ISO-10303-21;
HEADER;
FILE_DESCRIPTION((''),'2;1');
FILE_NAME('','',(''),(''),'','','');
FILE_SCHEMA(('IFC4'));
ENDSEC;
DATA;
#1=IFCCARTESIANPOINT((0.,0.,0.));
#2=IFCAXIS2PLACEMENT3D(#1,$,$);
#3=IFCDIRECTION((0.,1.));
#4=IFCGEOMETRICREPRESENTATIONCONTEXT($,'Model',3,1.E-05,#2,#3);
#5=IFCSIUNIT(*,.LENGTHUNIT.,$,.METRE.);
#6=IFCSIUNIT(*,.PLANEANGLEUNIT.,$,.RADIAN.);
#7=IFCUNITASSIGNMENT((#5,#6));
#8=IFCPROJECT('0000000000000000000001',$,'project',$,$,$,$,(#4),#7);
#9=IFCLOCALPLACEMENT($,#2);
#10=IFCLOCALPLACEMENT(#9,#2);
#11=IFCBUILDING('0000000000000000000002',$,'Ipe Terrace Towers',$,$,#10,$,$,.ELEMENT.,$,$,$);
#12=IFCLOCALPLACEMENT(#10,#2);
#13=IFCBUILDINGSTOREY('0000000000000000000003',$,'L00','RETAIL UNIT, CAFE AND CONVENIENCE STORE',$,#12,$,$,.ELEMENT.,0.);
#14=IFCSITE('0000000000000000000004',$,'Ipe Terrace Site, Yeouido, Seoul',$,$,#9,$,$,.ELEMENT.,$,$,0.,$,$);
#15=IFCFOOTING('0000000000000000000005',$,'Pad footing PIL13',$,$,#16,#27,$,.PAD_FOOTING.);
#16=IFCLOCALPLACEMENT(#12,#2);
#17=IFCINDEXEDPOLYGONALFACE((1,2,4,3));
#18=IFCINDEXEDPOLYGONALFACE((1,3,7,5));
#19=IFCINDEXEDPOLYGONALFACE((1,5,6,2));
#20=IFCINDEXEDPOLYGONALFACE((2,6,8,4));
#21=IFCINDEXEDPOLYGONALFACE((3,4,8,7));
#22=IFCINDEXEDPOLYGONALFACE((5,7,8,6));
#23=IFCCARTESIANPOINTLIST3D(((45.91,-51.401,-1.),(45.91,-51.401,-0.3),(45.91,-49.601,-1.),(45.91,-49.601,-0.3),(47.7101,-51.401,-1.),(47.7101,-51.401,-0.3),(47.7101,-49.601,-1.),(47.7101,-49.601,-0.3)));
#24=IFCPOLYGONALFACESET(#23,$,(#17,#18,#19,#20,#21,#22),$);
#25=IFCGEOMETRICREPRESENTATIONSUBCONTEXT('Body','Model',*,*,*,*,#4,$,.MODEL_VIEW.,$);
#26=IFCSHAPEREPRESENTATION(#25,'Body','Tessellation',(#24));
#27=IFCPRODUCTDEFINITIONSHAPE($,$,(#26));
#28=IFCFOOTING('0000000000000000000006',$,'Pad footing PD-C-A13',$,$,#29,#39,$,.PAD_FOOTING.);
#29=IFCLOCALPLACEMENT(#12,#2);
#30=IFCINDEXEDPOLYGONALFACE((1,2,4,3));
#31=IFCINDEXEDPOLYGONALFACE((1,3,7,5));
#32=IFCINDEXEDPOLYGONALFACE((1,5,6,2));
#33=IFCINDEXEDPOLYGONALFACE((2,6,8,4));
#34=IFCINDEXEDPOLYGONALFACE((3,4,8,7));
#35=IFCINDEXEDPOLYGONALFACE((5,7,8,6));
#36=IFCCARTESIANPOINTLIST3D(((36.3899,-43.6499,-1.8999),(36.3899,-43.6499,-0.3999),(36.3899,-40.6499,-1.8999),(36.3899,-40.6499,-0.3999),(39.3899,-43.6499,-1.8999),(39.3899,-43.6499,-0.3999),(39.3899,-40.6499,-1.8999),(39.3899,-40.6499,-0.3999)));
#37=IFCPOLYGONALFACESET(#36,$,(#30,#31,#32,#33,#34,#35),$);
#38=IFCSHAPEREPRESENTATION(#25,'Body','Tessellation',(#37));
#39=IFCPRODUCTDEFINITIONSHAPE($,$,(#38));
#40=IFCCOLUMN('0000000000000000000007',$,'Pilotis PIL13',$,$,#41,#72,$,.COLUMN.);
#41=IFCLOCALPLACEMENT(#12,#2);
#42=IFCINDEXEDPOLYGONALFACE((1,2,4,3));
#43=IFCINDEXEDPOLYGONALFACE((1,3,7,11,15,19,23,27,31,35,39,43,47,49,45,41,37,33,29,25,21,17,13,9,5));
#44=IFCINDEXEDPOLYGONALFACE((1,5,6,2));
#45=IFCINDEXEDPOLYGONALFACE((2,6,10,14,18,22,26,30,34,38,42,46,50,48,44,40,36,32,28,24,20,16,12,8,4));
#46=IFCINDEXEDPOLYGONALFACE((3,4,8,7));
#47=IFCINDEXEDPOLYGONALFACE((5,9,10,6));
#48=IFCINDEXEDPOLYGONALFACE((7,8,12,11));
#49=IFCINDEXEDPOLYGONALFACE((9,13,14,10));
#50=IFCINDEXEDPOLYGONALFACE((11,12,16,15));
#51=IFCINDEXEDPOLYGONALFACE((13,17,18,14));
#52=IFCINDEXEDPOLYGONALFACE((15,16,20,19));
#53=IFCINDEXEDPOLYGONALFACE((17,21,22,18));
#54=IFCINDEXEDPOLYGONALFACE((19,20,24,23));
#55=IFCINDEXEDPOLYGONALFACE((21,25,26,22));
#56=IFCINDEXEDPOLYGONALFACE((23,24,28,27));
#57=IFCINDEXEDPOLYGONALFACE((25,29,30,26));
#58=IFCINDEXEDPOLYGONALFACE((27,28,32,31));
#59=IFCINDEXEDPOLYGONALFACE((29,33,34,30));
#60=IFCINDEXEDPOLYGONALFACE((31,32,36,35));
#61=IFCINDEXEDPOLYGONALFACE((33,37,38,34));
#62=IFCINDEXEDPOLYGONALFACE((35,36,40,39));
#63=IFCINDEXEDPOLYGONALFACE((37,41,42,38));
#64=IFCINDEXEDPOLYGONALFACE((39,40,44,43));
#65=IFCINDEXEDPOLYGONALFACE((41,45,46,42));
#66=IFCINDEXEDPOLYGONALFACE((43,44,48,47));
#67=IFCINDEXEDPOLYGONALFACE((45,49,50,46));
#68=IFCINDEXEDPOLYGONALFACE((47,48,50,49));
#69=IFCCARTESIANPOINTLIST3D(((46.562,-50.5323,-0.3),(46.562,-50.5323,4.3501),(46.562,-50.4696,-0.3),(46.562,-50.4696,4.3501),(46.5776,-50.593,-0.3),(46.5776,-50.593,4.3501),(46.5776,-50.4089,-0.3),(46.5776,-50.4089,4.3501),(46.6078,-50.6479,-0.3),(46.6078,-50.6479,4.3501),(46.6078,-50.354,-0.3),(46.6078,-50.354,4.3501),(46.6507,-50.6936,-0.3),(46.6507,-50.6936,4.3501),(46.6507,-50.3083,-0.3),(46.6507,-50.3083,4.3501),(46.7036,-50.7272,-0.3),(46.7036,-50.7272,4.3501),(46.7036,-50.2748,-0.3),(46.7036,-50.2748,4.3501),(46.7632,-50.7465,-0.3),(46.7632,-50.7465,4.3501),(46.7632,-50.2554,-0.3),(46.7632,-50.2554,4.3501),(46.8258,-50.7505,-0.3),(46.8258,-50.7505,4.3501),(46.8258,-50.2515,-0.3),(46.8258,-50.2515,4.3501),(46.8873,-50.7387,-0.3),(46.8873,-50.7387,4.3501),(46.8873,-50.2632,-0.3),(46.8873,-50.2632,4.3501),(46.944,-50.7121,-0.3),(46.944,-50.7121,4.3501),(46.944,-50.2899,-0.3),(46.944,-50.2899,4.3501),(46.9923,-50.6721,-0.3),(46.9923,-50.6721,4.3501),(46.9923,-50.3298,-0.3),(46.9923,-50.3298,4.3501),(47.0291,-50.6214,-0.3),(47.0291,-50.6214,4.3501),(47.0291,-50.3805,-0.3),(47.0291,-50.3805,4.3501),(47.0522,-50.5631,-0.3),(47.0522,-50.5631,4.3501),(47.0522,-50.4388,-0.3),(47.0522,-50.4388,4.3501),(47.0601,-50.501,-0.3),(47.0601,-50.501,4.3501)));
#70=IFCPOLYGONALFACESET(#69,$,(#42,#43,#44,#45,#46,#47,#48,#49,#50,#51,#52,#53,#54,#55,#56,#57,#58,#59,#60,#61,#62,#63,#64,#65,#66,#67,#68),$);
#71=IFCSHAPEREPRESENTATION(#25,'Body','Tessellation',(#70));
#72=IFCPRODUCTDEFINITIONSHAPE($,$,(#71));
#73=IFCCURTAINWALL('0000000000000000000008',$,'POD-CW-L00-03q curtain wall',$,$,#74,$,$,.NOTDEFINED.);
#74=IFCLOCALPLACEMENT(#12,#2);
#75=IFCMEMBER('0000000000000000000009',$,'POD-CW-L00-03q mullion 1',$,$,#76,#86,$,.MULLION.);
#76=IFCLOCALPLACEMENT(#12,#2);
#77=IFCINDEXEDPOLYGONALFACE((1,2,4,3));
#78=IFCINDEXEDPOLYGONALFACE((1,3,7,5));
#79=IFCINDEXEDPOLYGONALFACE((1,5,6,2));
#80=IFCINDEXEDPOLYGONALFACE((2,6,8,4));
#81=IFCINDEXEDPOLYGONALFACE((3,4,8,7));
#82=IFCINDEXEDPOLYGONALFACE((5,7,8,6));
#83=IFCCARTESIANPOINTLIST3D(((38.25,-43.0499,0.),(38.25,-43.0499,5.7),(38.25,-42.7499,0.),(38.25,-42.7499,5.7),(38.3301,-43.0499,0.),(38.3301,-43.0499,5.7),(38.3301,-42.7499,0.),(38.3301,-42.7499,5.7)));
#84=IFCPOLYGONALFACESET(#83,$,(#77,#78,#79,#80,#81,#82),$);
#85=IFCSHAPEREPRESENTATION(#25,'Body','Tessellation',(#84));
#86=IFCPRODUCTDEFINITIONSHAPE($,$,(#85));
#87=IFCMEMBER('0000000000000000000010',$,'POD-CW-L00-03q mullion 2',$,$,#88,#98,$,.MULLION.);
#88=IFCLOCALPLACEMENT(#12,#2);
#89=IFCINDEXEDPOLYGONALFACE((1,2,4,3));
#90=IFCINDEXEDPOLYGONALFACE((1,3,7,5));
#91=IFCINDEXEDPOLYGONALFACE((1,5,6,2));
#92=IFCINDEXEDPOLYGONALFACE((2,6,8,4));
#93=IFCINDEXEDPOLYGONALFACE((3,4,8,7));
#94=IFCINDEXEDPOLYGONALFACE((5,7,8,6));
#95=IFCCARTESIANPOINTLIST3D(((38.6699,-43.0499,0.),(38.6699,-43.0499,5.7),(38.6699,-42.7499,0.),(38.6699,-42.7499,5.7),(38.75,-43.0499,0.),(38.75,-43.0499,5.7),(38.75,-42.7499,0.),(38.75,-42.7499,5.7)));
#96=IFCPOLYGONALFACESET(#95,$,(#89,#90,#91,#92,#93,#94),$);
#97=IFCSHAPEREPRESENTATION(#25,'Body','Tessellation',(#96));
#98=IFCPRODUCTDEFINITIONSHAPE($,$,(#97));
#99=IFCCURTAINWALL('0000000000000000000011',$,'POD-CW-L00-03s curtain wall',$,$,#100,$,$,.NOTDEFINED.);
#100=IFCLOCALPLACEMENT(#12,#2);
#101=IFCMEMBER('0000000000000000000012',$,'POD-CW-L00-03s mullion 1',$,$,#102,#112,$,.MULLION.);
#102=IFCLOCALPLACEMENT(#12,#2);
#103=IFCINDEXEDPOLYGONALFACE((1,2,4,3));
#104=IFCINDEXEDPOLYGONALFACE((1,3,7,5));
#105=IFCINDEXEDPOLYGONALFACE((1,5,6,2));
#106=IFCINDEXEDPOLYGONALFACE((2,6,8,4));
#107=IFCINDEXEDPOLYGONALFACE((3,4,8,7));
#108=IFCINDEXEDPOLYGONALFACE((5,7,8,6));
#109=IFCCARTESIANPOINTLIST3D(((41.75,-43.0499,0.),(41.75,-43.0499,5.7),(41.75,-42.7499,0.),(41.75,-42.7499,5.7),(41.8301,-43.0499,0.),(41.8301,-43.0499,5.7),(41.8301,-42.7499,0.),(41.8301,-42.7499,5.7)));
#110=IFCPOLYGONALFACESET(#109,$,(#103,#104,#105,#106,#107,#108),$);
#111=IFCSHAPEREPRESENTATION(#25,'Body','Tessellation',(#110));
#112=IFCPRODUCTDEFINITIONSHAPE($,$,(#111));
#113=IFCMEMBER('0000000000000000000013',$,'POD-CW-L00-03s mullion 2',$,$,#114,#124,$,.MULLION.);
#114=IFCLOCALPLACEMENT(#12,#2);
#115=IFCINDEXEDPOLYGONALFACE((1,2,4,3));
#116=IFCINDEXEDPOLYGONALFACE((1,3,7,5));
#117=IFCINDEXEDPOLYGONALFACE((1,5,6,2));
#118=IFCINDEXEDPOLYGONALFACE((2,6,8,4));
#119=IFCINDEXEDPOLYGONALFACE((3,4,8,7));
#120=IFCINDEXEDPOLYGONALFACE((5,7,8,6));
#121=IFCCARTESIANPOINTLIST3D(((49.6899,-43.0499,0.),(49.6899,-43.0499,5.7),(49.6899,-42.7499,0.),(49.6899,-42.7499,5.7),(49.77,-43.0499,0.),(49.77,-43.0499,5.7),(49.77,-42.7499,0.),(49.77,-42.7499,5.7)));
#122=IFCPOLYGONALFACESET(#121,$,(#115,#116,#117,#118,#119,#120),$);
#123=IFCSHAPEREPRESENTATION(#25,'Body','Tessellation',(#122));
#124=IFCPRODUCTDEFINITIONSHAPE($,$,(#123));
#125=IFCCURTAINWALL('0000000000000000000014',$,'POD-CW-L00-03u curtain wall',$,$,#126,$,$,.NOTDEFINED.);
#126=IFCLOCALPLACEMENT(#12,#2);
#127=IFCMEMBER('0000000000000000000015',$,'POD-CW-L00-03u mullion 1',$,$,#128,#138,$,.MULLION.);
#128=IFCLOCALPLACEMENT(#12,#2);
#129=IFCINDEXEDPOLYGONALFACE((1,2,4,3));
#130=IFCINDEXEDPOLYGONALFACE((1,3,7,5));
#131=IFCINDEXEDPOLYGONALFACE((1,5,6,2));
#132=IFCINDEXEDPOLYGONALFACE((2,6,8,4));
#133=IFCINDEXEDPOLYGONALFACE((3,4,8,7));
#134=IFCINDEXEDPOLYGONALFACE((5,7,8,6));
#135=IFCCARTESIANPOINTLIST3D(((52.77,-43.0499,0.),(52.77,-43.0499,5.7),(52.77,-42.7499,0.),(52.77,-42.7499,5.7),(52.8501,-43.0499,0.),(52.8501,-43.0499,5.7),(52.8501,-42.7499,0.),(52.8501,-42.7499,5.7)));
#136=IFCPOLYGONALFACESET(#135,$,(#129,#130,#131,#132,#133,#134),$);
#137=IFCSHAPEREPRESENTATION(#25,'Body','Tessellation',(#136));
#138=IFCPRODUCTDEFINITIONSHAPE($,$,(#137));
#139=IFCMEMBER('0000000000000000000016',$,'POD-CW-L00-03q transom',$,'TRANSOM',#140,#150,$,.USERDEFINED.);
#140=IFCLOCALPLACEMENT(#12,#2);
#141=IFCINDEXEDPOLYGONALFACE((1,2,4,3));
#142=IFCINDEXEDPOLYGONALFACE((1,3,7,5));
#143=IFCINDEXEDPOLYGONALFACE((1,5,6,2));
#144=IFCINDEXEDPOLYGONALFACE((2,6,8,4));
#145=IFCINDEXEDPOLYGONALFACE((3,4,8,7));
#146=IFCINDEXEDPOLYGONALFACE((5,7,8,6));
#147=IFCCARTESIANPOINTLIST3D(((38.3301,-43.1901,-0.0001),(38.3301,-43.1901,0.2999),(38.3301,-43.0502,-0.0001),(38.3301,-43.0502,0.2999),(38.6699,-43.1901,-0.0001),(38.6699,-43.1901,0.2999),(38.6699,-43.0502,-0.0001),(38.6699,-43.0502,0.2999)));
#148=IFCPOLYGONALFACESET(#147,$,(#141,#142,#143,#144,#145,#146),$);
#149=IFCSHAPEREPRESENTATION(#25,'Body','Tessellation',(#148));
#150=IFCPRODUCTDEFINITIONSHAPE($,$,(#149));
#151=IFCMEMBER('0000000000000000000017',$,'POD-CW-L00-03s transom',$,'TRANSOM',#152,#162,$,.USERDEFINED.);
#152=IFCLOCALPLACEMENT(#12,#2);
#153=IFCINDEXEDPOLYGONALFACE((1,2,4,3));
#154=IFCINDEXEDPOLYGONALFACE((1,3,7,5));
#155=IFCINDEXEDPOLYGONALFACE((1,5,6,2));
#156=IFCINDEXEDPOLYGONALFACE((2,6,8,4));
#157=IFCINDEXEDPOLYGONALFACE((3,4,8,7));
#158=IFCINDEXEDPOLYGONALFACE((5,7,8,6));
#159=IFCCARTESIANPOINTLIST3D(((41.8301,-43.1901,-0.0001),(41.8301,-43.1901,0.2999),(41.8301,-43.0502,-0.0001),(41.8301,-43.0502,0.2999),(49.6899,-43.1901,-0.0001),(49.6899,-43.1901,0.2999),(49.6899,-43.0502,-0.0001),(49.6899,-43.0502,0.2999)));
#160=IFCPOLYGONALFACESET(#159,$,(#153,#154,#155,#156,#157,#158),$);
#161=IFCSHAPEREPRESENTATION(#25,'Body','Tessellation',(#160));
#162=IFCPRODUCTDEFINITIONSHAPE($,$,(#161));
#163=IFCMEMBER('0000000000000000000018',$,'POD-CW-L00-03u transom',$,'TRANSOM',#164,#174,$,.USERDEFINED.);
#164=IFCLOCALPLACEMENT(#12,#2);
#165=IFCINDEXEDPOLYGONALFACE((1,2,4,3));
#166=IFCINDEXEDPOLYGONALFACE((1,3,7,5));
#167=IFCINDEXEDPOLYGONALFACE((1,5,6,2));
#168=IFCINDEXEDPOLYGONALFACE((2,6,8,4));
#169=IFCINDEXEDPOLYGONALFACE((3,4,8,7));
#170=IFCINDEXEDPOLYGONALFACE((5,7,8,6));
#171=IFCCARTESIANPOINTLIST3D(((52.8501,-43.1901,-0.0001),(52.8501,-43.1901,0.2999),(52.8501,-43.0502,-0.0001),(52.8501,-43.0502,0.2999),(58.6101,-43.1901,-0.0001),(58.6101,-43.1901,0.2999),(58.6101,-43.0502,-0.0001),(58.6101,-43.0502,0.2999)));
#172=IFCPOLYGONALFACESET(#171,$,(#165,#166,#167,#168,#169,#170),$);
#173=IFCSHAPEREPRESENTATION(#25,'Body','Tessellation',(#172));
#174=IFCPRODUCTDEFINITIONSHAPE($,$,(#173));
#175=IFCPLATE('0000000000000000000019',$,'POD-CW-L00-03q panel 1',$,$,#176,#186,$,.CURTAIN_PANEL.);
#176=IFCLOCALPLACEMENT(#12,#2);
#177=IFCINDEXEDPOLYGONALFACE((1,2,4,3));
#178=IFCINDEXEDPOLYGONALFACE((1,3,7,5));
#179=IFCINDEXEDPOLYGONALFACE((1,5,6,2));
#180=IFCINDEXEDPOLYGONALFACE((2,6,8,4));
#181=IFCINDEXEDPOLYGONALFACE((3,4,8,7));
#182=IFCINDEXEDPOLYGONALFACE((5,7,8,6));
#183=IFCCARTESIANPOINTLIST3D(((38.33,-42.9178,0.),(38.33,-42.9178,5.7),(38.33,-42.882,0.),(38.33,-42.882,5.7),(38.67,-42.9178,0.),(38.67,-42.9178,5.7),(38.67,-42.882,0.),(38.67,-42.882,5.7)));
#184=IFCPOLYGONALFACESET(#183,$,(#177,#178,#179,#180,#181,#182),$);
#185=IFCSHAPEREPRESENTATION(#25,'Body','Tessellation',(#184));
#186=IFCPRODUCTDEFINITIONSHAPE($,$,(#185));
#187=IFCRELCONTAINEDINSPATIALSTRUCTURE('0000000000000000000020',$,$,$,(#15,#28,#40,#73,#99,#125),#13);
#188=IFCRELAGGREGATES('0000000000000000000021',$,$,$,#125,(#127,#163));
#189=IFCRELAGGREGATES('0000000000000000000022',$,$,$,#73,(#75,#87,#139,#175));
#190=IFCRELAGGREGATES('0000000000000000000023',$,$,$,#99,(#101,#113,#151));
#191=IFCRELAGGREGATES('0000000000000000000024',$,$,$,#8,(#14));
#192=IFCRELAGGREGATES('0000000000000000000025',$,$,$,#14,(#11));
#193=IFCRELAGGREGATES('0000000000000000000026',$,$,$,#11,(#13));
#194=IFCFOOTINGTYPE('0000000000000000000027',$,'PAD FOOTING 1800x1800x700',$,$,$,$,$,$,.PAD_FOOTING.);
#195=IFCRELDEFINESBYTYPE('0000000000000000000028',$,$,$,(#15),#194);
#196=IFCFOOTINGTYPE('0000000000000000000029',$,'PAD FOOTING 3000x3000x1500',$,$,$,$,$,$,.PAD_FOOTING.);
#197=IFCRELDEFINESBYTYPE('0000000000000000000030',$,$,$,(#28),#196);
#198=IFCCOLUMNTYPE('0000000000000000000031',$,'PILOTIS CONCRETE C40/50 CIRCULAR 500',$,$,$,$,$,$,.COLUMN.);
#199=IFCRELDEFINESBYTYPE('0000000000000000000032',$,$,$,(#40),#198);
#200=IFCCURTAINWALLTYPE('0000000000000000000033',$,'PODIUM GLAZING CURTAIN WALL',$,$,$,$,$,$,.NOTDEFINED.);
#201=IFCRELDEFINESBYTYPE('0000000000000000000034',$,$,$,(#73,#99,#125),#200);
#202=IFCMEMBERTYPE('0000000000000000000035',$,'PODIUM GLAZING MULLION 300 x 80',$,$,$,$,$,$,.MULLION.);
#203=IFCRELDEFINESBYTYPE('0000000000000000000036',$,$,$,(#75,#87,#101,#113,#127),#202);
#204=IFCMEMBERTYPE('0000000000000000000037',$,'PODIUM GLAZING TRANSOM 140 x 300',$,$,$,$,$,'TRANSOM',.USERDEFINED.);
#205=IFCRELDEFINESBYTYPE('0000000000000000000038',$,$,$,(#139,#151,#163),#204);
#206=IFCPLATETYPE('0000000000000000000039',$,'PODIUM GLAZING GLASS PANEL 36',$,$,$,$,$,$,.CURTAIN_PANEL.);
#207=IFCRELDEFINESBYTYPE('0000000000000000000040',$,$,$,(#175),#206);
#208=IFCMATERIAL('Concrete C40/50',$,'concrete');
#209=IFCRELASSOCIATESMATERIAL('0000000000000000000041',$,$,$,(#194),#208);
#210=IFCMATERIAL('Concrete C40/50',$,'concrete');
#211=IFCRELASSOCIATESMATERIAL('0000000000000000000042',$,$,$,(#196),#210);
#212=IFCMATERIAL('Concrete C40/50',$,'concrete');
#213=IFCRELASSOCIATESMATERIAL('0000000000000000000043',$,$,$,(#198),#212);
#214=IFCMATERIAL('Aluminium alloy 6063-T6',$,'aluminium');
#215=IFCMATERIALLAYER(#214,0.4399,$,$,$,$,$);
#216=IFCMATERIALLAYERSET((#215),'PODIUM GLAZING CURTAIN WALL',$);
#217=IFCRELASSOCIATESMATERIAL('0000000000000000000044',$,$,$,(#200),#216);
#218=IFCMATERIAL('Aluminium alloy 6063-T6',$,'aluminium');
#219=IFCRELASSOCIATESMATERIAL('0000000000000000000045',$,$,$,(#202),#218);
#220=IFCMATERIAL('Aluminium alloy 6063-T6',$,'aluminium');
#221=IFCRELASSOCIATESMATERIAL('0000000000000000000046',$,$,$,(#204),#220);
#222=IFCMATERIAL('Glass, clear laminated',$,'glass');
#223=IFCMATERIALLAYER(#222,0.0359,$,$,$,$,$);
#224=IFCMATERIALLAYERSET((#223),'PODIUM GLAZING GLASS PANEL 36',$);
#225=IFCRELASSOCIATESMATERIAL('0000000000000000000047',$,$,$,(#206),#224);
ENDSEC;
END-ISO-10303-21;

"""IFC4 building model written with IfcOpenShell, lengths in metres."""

from ifc_helpers import new_model, si_unit, direction, frame, origin, origin_2d, place, context, subcontext, project, spatial, rectangle, circle, extrude, material, layer, layer_set, material_profile, profile_set, type_object, element, aggregate, save


model = new_model("IFC4")

# Units and contexts
model_context = context("Model", 3, precision=1e-05, world=origin(), true_north=direction((0.0, 1.0)))
body_context = subcontext(model_context, "Body", "Model", "MODEL_VIEW")
ifc_project = project(units=[si_unit("LENGTHUNIT", "METRE"), si_unit("PLANEANGLEUNIT", "RADIAN")], contexts=[model_context])

# Site, building, storey
site_placement = place(None, origin())
site = spatial("IfcSite", under=ifc_project, at=site_placement, Name="Ipe Terrace Site, Yeouido, Seoul", CompositionType="ELEMENT", RefElevation=0.0)
building_placement = place(site_placement, origin())
building = spatial("IfcBuilding", under=site, at=building_placement, Name="Ipe Terrace Towers", CompositionType="ELEMENT")
storey_placement = place(building_placement, origin())
storey = spatial("IfcBuildingStorey", under=building, at=storey_placement, Name="L00", Description="RETAIL UNIT, CAFE AND CONVENIENCE STORE", CompositionType="ELEMENT", Elevation=0.0)

# Footings
ifc_material_1 = material(Name="Concrete C40/50", Category="concrete")
footing_type_1 = type_object("IfcFootingType", Name="PAD FOOTING 1800x1800x700", PredefinedType="PAD_FOOTING", material=ifc_material_1)
footing_1_placement = place(storey_placement, frame((46.8101, -50.501, -1.0), z_axis=(0.0, 0.0, 1.0), x_axis=(1.0, 0.0, 0.0)))
element("IfcFooting", 1, at=footing_1_placement, inside=storey, type_object=footing_type_1, Name="Pad footing PIL13", PredefinedType="PAD_FOOTING", context=body_context, shape_type="SweptSolid", body=[
    extrude(rectangle(XDim=1.8, YDim=1.8, at=origin_2d()), origin(), (0.0, 0.0, 1.0), 0.7),
])
ifc_material_2 = material(Name="Concrete C40/50", Category="concrete")
footing_type_2 = type_object("IfcFootingType", Name="PAD FOOTING 3000x3000x1500", PredefinedType="PAD_FOOTING", material=ifc_material_2)
footing_2_placement = place(storey_placement, frame((37.8899, -42.1499, -1.8999), z_axis=(0.0, 0.0, 1.0), x_axis=(1.0, 0.0, 0.0)))
element("IfcFooting", 2, at=footing_2_placement, inside=storey, type_object=footing_type_2, Name="Pad footing PD-C-A13", PredefinedType="PAD_FOOTING", context=body_context, shape_type="SweptSolid", body=[
    extrude(rectangle(XDim=3.0, YDim=3.0, at=origin_2d()), origin(), (0.0, 0.0, 1.0), 1.5),
])

# Column
ifc_material_3 = material(Name="Concrete C40/50", Category="concrete")
ifc_material_profile_1 = material_profile(ifc_material_3, circle(Radius=0.25, at=origin_2d()), Name="PILOTIS CONCRETE C40/50 CIRCULAR 500")
ifc_profile_set_1 = profile_set([ifc_material_profile_1], Name="Concrete C40/50")
column_type = type_object("IfcColumnType", Name="PILOTIS CONCRETE C40/50 CIRCULAR 500", PredefinedType="COLUMN", material=ifc_profile_set_1)
column_placement = place(storey_placement, frame((46.8101, -50.501, -0.3), z_axis=(0.0, 0.0, 1.0), x_axis=(1.0, 0.0, 0.0)))
element("IfcColumn", 3, at=column_placement, inside=storey, type_object=column_type, Name="Pilotis PIL13", PredefinedType="COLUMN", context=body_context, shape_type="SweptSolid", body=[
    extrude(circle(Radius=0.25, at=origin_2d()), origin(), (0.0, 0.0, 1.0), 4.6501),
])

# Curtain walls, members
ifc_material_4 = material(Name="Aluminium alloy 6063-T6", Category="aluminium")
ifc_layer_1 = layer(ifc_material_4, 0.4399)
ifc_layer_set_1 = layer_set([ifc_layer_1], Name="PODIUM GLAZING CURTAIN WALL")
curtain_wall_type = type_object("IfcCurtainWallType", Name="PODIUM GLAZING CURTAIN WALL", PredefinedType="NOTDEFINED", material=ifc_layer_set_1)
curtain_wall_1_placement = place(storey_placement, origin())
curtain_wall_1 = element("IfcCurtainWall", 4, at=curtain_wall_1_placement, inside=storey, type_object=curtain_wall_type, Name="POD-CW-L00-03q curtain wall", PredefinedType="NOTDEFINED")
ifc_material_5 = material(Name="Aluminium alloy 6063-T6", Category="aluminium")
ifc_material_profile_2 = material_profile(ifc_material_5, rectangle(XDim=0.3, YDim=0.0801, at=origin_2d()), Name="PODIUM GLAZING MULLION 300 x 80")
ifc_profile_set_2 = profile_set([ifc_material_profile_2], Name="Aluminium alloy 6063-T6")
member_type_1 = type_object("IfcMemberType", Name="PODIUM GLAZING MULLION 300 x 80", PredefinedType="MULLION", material=ifc_profile_set_2)
member_1_placement = place(storey_placement, frame((38.29, -42.8999, 0.0), z_axis=(0.0, 0.0, 1.0), x_axis=(0.0, -1.0, 0.0)))
member_1 = element("IfcMember", 5, at=member_1_placement, type_object=member_type_1, Name="POD-CW-L00-03q mullion 1", PredefinedType="MULLION", context=body_context, shape_type="SweptSolid", body=[
    extrude(rectangle(XDim=0.3, YDim=0.0801, at=origin_2d()), origin(), (0.0, 0.0, 1.0), 5.7),
])
member_2_placement = place(storey_placement, frame((38.71, -42.8999, 0.0), z_axis=(0.0, 0.0, 1.0), x_axis=(0.0, -1.0, 0.0)))
member_2 = element("IfcMember", 6, at=member_2_placement, type_object=member_type_1, Name="POD-CW-L00-03q mullion 2", PredefinedType="MULLION", context=body_context, shape_type="SweptSolid", body=[
    extrude(rectangle(XDim=0.3, YDim=0.0801, at=origin_2d()), origin(), (0.0, 0.0, 1.0), 5.7),
])
curtain_wall_2_placement = place(storey_placement, origin())
curtain_wall_2 = element("IfcCurtainWall", 7, at=curtain_wall_2_placement, inside=storey, type_object=curtain_wall_type, Name="POD-CW-L00-03s curtain wall", PredefinedType="NOTDEFINED")
member_3_placement = place(storey_placement, frame((41.79, -42.8999, 0.0), z_axis=(0.0, 0.0, 1.0), x_axis=(0.0, -1.0, 0.0)))
member_3 = element("IfcMember", 8, at=member_3_placement, type_object=member_type_1, Name="POD-CW-L00-03s mullion 1", PredefinedType="MULLION", context=body_context, shape_type="SweptSolid", body=[
    extrude(rectangle(XDim=0.3, YDim=0.0801, at=origin_2d()), origin(), (0.0, 0.0, 1.0), 5.7),
])
member_4_placement = place(storey_placement, frame((49.73, -42.8999, 0.0), z_axis=(0.0, 0.0, 1.0), x_axis=(0.0, -1.0, 0.0)))
member_4 = element("IfcMember", 9, at=member_4_placement, type_object=member_type_1, Name="POD-CW-L00-03s mullion 2", PredefinedType="MULLION", context=body_context, shape_type="SweptSolid", body=[
    extrude(rectangle(XDim=0.3, YDim=0.0801, at=origin_2d()), origin(), (0.0, 0.0, 1.0), 5.7),
])

# Curtain wall, member
curtain_wall_3_placement = place(storey_placement, origin())
curtain_wall_3 = element("IfcCurtainWall", 10, at=curtain_wall_3_placement, inside=storey, type_object=curtain_wall_type, Name="POD-CW-L00-03u curtain wall", PredefinedType="NOTDEFINED")
member_5_placement = place(storey_placement, frame((52.8101, -42.8999, 0.0), z_axis=(0.0, 0.0, 1.0), x_axis=(0.0, -1.0, 0.0)))
member_5 = element("IfcMember", 11, at=member_5_placement, type_object=member_type_1, Name="POD-CW-L00-03u mullion 1", PredefinedType="MULLION", context=body_context, shape_type="SweptSolid", body=[
    extrude(rectangle(XDim=0.3, YDim=0.0801, at=origin_2d()), origin(), (0.0, 0.0, 1.0), 5.7),
])

# Members
ifc_material_6 = material(Name="Aluminium alloy 6063-T6", Category="aluminium")
ifc_material_profile_3 = material_profile(ifc_material_6, rectangle(XDim=0.1399, YDim=0.3, at=origin_2d()), Name="PODIUM GLAZING TRANSOM 140 x 300")
ifc_profile_set_3 = profile_set([ifc_material_profile_3], Name="Aluminium alloy 6063-T6")
member_type_2 = type_object("IfcMemberType", Name="PODIUM GLAZING TRANSOM 140 x 300", ElementType="TRANSOM", PredefinedType="USERDEFINED", material=ifc_profile_set_3)
member_6_placement = place(storey_placement, frame((38.3301, -43.1201, 0.1499), z_axis=(1.0, 0.0, 0.0), x_axis=(0.0, -1.0, 0.0)))
member_6 = element("IfcMember", 12, at=member_6_placement, type_object=member_type_2, Name="POD-CW-L00-03q transom", ObjectType="TRANSOM", PredefinedType="USERDEFINED", context=body_context, shape_type="SweptSolid", body=[
    extrude(rectangle(XDim=0.1399, YDim=0.3, at=origin_2d()), origin(), (0.0, 0.0, 1.0), 0.3398),
])
member_7_placement = place(storey_placement, frame((41.8301, -43.1201, 0.1499), z_axis=(1.0, 0.0, 0.0), x_axis=(0.0, -1.0, 0.0)))
member_7 = element("IfcMember", 13, at=member_7_placement, type_object=member_type_2, Name="POD-CW-L00-03s transom", ObjectType="TRANSOM", PredefinedType="USERDEFINED", context=body_context, shape_type="SweptSolid", body=[
    extrude(rectangle(XDim=0.1399, YDim=0.3, at=origin_2d()), origin(), (0.0, 0.0, 1.0), 7.8599),
])
member_8_placement = place(storey_placement, frame((52.8501, -43.1201, 0.1499), z_axis=(1.0, 0.0, 0.0), x_axis=(0.0, -1.0, 0.0)))
member_8 = element("IfcMember", 14, at=member_8_placement, type_object=member_type_2, Name="POD-CW-L00-03u transom", ObjectType="TRANSOM", PredefinedType="USERDEFINED", context=body_context, shape_type="SweptSolid", body=[
    extrude(rectangle(XDim=0.1399, YDim=0.3, at=origin_2d()), origin(), (0.0, 0.0, 1.0), 5.76),
])
aggregate(curtain_wall_3, [member_5, member_8])

# Plate
ifc_material_7 = material(Name="Glass, clear laminated", Category="glass")
ifc_layer_2 = layer(ifc_material_7, 0.0359)
ifc_layer_set_2 = layer_set([ifc_layer_2], Name="PODIUM GLAZING GLASS PANEL 36")
plate_type = type_object("IfcPlateType", Name="PODIUM GLAZING GLASS PANEL 36", PredefinedType="CURTAIN_PANEL", material=ifc_layer_set_2)
plate_1_placement = place(storey_placement, frame((38.5, -42.8999, 0.0), z_axis=(0.0, 0.0, 1.0), x_axis=(1.0, 0.0, 0.0)))
plate_1 = element("IfcPlate", 15, at=plate_1_placement, type_object=plate_type, Name="POD-CW-L00-03q panel 1", PredefinedType="CURTAIN_PANEL", context=body_context, shape_type="SweptSolid", body=[
    extrude(rectangle(XDim=0.3401, YDim=0.0359, at=origin_2d()), origin(), (0.0, 0.0, 1.0), 5.7),
])
aggregate(curtain_wall_1, [member_1, member_2, member_6, plate_1])
aggregate(curtain_wall_2, [member_3, member_4, member_7])

save(model, "model.ifc")
